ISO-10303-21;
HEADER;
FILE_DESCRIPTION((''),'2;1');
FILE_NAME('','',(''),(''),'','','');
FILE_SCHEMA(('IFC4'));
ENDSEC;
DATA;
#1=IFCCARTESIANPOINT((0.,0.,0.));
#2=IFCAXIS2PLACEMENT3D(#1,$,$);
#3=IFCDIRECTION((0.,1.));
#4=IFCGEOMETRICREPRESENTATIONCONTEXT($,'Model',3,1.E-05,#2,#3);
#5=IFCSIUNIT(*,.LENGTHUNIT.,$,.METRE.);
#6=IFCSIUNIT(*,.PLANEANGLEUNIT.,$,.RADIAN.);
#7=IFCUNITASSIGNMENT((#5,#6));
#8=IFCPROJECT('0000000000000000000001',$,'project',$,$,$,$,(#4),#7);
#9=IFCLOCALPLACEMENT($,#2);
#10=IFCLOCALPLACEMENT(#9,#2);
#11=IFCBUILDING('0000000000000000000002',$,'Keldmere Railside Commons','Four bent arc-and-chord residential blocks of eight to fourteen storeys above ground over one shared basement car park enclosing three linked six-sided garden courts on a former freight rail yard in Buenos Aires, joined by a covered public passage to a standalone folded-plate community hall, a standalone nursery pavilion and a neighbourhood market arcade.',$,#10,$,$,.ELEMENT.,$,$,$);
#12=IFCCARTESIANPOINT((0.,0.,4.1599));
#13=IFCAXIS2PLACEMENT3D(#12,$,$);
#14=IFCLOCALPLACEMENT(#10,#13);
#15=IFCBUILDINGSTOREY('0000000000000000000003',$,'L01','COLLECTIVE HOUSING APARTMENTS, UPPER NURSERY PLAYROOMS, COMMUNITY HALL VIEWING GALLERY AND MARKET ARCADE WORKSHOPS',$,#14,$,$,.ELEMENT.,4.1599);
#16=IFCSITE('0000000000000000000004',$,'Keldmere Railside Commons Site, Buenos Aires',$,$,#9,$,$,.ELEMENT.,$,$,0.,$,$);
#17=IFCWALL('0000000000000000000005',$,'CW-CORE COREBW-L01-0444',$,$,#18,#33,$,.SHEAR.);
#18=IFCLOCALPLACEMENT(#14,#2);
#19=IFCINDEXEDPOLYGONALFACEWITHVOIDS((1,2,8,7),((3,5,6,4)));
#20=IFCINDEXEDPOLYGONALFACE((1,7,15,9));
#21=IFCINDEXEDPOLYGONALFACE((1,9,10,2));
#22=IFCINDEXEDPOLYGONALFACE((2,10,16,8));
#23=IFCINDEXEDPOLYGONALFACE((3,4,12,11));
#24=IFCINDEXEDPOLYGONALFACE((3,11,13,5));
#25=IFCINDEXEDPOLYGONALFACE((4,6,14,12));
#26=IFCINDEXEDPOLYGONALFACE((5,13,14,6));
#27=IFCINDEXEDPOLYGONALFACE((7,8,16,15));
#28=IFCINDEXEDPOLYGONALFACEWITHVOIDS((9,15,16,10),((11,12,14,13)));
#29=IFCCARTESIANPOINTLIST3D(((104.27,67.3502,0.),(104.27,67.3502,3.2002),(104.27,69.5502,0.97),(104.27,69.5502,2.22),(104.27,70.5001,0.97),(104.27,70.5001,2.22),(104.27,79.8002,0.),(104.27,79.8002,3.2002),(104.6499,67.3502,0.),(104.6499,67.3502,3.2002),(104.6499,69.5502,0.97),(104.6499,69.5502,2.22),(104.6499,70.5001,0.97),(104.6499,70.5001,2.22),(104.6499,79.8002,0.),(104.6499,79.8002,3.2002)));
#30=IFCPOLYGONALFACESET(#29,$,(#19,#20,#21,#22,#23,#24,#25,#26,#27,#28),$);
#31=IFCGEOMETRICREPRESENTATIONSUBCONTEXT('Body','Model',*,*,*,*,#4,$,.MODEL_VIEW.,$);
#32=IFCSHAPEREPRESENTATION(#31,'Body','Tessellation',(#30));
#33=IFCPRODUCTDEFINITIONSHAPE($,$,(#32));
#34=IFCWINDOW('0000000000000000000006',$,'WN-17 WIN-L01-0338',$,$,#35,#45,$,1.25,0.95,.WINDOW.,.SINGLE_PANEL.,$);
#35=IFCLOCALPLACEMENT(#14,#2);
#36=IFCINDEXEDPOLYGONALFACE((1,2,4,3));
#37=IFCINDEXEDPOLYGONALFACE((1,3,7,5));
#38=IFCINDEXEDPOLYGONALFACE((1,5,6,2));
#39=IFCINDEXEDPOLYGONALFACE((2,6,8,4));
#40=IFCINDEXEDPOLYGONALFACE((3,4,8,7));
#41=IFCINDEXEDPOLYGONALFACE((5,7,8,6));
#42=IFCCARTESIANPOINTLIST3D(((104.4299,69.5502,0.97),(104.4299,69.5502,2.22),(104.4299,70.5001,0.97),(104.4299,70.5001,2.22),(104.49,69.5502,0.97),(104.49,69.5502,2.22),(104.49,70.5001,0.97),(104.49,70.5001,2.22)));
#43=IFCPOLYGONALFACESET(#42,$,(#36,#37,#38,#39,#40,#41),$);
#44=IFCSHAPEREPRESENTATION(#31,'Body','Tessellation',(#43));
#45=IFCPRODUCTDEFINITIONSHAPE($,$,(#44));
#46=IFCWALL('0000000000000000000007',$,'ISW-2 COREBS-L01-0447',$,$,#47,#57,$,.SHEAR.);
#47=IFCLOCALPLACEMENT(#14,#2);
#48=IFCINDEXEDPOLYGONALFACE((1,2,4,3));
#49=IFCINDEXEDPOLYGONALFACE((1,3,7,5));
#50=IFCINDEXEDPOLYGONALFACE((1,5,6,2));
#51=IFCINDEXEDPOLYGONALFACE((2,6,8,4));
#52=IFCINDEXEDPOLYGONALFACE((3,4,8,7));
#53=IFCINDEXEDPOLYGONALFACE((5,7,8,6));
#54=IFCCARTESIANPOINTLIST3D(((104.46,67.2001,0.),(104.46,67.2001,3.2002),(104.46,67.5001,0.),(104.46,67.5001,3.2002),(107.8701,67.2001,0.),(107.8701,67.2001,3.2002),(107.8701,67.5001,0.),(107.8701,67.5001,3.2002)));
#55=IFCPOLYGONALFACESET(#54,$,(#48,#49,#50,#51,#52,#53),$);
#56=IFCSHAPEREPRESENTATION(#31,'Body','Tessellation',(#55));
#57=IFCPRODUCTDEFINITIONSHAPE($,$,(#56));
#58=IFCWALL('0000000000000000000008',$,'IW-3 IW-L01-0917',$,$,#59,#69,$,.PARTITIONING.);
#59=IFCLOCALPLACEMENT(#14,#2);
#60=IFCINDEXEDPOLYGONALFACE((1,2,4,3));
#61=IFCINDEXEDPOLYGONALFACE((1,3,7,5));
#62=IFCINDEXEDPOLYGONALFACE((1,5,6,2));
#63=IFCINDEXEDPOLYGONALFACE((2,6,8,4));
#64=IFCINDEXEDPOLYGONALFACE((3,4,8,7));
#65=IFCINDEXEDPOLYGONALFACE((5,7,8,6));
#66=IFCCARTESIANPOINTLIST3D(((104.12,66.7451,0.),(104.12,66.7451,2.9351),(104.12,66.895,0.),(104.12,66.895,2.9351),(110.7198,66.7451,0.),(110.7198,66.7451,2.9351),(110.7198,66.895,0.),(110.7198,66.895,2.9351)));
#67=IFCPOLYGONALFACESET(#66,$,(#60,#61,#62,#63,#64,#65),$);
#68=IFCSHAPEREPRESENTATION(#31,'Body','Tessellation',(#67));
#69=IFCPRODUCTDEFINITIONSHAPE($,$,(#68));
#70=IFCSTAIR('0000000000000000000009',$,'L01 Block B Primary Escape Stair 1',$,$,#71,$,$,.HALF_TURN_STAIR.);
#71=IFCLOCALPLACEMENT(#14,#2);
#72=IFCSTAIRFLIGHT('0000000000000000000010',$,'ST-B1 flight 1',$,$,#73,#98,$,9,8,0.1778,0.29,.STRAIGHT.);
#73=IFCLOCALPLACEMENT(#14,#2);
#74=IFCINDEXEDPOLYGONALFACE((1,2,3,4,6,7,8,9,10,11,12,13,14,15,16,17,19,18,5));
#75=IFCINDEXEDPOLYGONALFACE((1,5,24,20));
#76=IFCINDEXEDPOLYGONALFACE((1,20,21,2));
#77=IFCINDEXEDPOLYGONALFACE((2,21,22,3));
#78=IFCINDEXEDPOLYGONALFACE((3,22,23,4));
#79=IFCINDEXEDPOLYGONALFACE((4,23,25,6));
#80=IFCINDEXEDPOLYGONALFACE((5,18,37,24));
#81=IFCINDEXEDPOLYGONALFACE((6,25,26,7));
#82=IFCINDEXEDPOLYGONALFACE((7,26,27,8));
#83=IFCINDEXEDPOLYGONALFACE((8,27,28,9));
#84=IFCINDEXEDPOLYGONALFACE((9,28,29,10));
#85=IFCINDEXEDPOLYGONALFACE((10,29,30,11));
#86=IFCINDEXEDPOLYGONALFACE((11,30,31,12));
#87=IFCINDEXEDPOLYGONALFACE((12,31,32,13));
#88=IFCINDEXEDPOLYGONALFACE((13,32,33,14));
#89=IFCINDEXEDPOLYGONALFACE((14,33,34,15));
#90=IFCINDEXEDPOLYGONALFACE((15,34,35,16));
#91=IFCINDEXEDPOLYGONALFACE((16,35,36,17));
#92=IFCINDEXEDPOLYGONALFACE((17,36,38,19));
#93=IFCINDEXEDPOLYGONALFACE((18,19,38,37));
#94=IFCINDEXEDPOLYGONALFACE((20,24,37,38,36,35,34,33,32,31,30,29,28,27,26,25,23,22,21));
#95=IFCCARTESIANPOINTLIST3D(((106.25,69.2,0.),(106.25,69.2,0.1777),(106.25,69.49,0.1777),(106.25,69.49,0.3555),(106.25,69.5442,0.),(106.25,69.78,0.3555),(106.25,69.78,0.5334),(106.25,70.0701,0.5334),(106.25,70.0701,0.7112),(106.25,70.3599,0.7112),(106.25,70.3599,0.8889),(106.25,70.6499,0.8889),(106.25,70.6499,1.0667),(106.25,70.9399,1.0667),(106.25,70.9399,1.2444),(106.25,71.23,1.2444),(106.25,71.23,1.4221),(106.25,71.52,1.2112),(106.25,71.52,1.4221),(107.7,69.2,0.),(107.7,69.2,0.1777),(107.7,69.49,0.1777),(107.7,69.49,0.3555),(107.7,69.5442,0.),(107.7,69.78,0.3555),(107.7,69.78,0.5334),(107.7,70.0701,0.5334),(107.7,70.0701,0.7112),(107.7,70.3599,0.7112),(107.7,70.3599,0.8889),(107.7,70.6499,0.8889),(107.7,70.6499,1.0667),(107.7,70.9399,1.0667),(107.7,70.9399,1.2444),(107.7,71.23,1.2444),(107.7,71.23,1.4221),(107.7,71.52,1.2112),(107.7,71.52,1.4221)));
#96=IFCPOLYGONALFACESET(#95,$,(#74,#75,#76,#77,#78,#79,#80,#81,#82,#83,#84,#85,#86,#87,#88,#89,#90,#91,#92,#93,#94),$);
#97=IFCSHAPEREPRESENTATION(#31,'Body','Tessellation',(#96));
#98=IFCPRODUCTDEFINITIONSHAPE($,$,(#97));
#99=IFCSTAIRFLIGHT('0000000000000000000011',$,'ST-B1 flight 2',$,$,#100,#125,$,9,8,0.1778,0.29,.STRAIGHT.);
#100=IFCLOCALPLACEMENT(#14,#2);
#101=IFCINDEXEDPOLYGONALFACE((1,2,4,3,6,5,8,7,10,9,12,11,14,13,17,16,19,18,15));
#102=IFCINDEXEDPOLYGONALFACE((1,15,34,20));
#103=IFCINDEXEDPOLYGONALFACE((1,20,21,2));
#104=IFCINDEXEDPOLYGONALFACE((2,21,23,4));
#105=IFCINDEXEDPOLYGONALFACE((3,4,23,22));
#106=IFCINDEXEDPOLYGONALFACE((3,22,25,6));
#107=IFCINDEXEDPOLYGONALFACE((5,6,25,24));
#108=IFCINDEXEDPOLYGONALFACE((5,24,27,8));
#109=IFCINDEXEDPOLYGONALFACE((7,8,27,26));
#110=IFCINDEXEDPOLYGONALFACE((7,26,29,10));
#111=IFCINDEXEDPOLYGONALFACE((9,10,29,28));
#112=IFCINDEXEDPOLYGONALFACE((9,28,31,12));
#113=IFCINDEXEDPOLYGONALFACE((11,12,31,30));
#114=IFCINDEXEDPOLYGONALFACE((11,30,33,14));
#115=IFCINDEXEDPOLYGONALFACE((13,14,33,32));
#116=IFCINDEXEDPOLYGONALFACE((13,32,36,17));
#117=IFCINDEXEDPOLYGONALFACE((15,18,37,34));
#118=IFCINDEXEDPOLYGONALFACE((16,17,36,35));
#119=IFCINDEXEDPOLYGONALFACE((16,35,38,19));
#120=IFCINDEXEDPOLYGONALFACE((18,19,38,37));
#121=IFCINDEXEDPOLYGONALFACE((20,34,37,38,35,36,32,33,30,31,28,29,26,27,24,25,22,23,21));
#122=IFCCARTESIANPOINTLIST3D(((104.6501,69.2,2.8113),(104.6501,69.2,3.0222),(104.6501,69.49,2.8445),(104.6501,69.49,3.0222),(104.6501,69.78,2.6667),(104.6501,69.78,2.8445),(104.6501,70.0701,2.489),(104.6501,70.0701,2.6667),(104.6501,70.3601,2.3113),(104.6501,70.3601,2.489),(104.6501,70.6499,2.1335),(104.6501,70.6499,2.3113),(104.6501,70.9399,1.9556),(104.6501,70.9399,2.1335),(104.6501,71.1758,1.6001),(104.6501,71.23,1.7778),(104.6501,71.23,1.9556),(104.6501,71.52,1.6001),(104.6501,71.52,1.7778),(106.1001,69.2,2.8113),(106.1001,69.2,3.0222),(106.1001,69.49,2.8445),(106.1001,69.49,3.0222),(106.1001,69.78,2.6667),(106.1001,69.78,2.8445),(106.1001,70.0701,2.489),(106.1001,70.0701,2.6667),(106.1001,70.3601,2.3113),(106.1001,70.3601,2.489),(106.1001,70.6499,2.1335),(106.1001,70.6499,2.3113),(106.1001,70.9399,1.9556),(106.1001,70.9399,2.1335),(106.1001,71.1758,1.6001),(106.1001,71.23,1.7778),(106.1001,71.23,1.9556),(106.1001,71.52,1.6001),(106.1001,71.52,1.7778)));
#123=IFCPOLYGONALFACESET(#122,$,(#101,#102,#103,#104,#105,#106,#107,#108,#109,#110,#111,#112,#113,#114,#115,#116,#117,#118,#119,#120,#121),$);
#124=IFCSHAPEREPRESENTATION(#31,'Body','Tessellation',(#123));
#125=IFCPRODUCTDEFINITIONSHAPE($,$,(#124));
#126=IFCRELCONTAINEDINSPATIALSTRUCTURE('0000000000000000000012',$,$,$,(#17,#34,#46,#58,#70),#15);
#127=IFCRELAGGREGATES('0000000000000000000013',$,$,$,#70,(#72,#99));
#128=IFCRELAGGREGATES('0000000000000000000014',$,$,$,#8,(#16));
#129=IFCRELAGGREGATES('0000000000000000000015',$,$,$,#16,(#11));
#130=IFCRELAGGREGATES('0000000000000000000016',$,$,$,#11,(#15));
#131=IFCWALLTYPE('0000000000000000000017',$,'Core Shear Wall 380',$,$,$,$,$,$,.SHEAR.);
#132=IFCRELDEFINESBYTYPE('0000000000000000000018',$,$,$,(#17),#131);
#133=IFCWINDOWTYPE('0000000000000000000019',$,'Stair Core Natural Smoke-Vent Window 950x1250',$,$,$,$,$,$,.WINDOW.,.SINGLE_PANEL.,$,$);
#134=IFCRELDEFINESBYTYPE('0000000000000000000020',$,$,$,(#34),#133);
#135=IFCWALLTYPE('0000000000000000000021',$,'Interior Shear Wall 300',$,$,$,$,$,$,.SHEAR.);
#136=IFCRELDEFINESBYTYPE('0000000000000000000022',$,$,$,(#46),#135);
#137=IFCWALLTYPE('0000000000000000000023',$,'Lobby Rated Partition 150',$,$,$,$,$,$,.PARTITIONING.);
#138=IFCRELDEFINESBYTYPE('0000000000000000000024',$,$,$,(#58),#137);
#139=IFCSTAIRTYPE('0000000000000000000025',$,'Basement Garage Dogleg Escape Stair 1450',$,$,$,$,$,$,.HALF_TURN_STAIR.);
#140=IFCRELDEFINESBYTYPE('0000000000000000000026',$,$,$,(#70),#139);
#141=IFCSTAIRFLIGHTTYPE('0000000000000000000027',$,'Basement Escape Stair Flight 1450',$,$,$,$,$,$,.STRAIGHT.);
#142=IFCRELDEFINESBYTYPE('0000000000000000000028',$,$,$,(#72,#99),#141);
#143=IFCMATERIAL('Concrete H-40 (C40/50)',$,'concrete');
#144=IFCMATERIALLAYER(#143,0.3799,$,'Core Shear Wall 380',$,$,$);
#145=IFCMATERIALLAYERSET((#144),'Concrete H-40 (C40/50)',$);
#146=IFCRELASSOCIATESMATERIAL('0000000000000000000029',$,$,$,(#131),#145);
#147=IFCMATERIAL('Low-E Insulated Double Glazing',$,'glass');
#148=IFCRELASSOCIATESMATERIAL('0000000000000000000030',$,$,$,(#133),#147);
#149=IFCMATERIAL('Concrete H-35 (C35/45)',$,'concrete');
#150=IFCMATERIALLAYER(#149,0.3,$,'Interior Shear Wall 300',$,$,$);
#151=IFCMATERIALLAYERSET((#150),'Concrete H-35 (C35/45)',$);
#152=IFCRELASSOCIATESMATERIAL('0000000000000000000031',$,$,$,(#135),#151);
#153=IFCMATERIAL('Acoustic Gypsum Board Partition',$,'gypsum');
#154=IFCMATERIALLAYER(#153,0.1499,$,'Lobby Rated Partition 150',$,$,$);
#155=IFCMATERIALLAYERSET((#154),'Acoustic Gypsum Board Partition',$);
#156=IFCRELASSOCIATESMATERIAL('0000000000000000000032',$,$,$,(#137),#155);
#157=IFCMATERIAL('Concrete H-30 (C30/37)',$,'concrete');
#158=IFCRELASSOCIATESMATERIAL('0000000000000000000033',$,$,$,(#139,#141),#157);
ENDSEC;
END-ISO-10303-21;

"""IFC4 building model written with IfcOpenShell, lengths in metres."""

from ifc_helpers import new_model, si_unit, direction, frame, frame_2d, origin, place, context, subcontext, project, spatial, polyline, rectangle, outline, extrude, material, layer, layer_set, type_object, element, fill, aggregate, save


model = new_model("IFC4")

# Units and contexts
model_context = context("Model", 3, precision=1e-05, world=origin(), true_north=direction((0.0, 1.0)))
body_context = subcontext(model_context, "Body", "Model", "MODEL_VIEW")
ifc_project = project(units=[si_unit("LENGTHUNIT", "METRE"), si_unit("PLANEANGLEUNIT", "RADIAN")], contexts=[model_context])

# Site, building, storey
site_placement = place(None, origin())
site = spatial("IfcSite", under=ifc_project, at=site_placement, Name="Keldmere Railside Commons Site, Buenos Aires", CompositionType="ELEMENT", RefElevation=0.0)
building_placement = place(site_placement, origin())
building = spatial("IfcBuilding", under=site, at=building_placement, Name="Keldmere Railside Commons", Description="Four bent arc-and-chord residential blocks of eight to fourteen storeys above ground over one shared basement car park enclosing three linked six-sided garden courts on a former freight rail yard in Buenos Aires, joined by a covered public passage to a standalone folded-plate community hall, a standalone nursery pavilion and a neighbourhood market arcade.", CompositionType="ELEMENT")
storey_placement = place(building_placement, frame((0.0, 0.0, 4.1599)))
storey = spatial("IfcBuildingStorey", under=building, at=storey_placement, Name="L01", Description="COLLECTIVE HOUSING APARTMENTS, UPPER NURSERY PLAYROOMS, COMMUNITY HALL VIEWING GALLERY AND MARKET ARCADE WORKSHOPS", CompositionType="ELEMENT", Elevation=4.1599)

# Wall, opening, window
ifc_material_1 = material(Name="Concrete H-40 (C40/50)", Category="concrete")
ifc_layer_1 = layer(ifc_material_1, 0.3799, Name="Core Shear Wall 380")
ifc_layer_set_1 = layer_set([ifc_layer_1], Name="Concrete H-40 (C40/50)")
wall_type_1 = type_object("IfcWallType", Name="Core Shear Wall 380", PredefinedType="SHEAR", material=ifc_layer_set_1)
wall_1_placement = place(storey_placement, frame((104.46, 67.3501, 0.0), z_axis=(0.0, 0.0, 1.0), x_axis=(0.0, 1.0, 0.0)))
wall_1 = element("IfcWall", 1, at=wall_1_placement, inside=storey, type_object=wall_type_1, Name="CW-CORE COREBW-L01-0444", PredefinedType="SHEAR", context=body_context, shape_type="SweptSolid", body=[
    extrude(rectangle(XDim=12.45, YDim=0.3799, at=frame_2d((6.2251, 0.0))), origin(), (0.0, 0.0, 1.0), 3.2002),
])
opening_placement = place(wall_1_placement, frame((2.2, 0.0, 0.97)))
opening = element("IfcOpeningElement", 2, at=opening_placement, cuts=wall_1, PredefinedType="OPENING", context=body_context, shape_type="SweptSolid", body=[
    extrude(rectangle(XDim=0.95, YDim=1.25, at=frame_2d((0.4751, 0.625))), frame((0.0, 0.2, 0.0), z_axis=(0.0, -1.0, 0.0), x_axis=(1.0, 0.0, 0.0)), (0.0, 0.0, 1.0), 0.3999),
])
ifc_material_2 = material(Name="Low-E Insulated Double Glazing", Category="glass")
window_type = type_object("IfcWindowType", Name="Stair Core Natural Smoke-Vent Window 950x1250", PartitioningType="SINGLE_PANEL", PredefinedType="WINDOW", material=ifc_material_2)
window_placement = place(opening_placement, origin())
window = element("IfcWindow", 3, at=window_placement, inside=storey, type_object=window_type, Name="WN-17 WIN-L01-0338", OverallHeight=1.25, OverallWidth=0.95, PartitioningType="SINGLE_PANEL", PredefinedType="WINDOW", context=body_context, shape_type="SweptSolid", body=[
    extrude(rectangle(XDim=0.95, YDim=1.25, at=frame_2d((0.4751, 0.625))), frame((0.0, 0.03, 0.0), z_axis=(0.0, -1.0, 0.0), x_axis=(1.0, 0.0, 0.0)), (0.0, 0.0, 1.0), 0.0601),
])
fill(opening, window)

# Walls
ifc_material_3 = material(Name="Concrete H-35 (C35/45)", Category="concrete")
ifc_layer_2 = layer(ifc_material_3, 0.3, Name="Interior Shear Wall 300")
ifc_layer_set_2 = layer_set([ifc_layer_2], Name="Concrete H-35 (C35/45)")
wall_type_2 = type_object("IfcWallType", Name="Interior Shear Wall 300", PredefinedType="SHEAR", material=ifc_layer_set_2)
wall_2_placement = place(storey_placement, frame((107.8701, 67.3501, 0.0), z_axis=(0.0, 0.0, 1.0), x_axis=(-1.0, 0.0, 0.0)))
element("IfcWall", 4, at=wall_2_placement, inside=storey, type_object=wall_type_2, Name="ISW-2 COREBS-L01-0447", PredefinedType="SHEAR", context=body_context, shape_type="SweptSolid", body=[
    extrude(rectangle(XDim=3.4102, YDim=0.3, at=frame_2d((1.7051, 0.0))), origin(), (0.0, 0.0, 1.0), 3.2002),
])
ifc_material_4 = material(Name="Acoustic Gypsum Board Partition", Category="gypsum")
ifc_layer_3 = layer(ifc_material_4, 0.1499, Name="Lobby Rated Partition 150")
ifc_layer_set_3 = layer_set([ifc_layer_3], Name="Acoustic Gypsum Board Partition")
wall_type_3 = type_object("IfcWallType", Name="Lobby Rated Partition 150", PredefinedType="PARTITIONING", material=ifc_layer_set_3)
wall_3_placement = place(storey_placement, frame((104.1201, 66.8201, 0.0), z_axis=(0.0, 0.0, 1.0), x_axis=(1.0, 0.0, 0.0)))
element("IfcWall", 5, at=wall_3_placement, inside=storey, type_object=wall_type_3, Name="IW-3 IW-L01-0917", PredefinedType="PARTITIONING", context=body_context, shape_type="SweptSolid", body=[
    extrude(rectangle(XDim=6.5999, YDim=0.1499, at=frame_2d((3.2998, 0.0))), origin(), (0.0, 0.0, 1.0), 2.9351),
])

# Stair, stair flights
ifc_material_5 = material(Name="Concrete H-30 (C30/37)", Category="concrete")
stair_type = type_object("IfcStairType", Name="Basement Garage Dogleg Escape Stair 1450", PredefinedType="HALF_TURN_STAIR", material=ifc_material_5)
stair_placement = place(storey_placement, origin())
stair = element("IfcStair", 6, at=stair_placement, inside=storey, type_object=stair_type, Name="L01 Block B Primary Escape Stair 1", PredefinedType="HALF_TURN_STAIR")
stair_flight_type = type_object("IfcStairFlightType", Name="Basement Escape Stair Flight 1450", PredefinedType="STRAIGHT", material=ifc_material_5)
stair_flight_1_placement = place(storey_placement, frame((106.9751, 69.2, 0.0), z_axis=(0.0, 0.0, 1.0), x_axis=(0.0, 1.0, 0.0)))
stair_flight_1 = element("IfcStairFlight", 7, at=stair_flight_1_placement, type_object=stair_flight_type, Name="ST-B1 flight 1", NumberOfRisers=9, NumberOfTreads=8, PredefinedType="STRAIGHT", RiserHeight=0.1778, TreadLength=0.29, context=body_context, shape_type="SweptSolid", body=[
    extrude(outline(polyline([(0.0, 0.0), (0.0, 0.1777), (0.29, 0.1777), (0.29, 0.3555), (0.5801, 0.3555), (0.5801, 0.5334), (0.8701, 0.5334), (0.8701, 0.7112), (1.1599, 0.7112), (1.1599, 0.8889), (1.45, 0.8889), (1.45, 1.0667), (1.74, 1.0667), (1.74, 1.2444), (2.03, 1.2444), (2.03, 1.4221), (2.3201, 1.4221), (2.3201, 1.6001), (2.3201, 1.2112), (0.3442, 0.0), (0.0, 0.0)])), frame((0.0, 0.7251, 0.0), z_axis=(0.0, -1.0, 0.0), x_axis=(1.0, 0.0, 0.0)), (0.0, 0.0, 1.0), 1.45),
])
stair_flight_2_placement = place(storey_placement, frame((105.375, 71.52, 1.6001), z_axis=(0.0, 0.0, 1.0), x_axis=(0.0, -1.0, 0.0)))
stair_flight_2 = element("IfcStairFlight", 8, at=stair_flight_2_placement, type_object=stair_flight_type, Name="ST-B1 flight 2", NumberOfRisers=9, NumberOfTreads=8, PredefinedType="STRAIGHT", RiserHeight=0.1778, TreadLength=0.29, context=body_context, shape_type="SweptSolid", body=[
    extrude(outline(polyline([(0.0, 0.0), (0.0, 0.1777), (0.29, 0.1777), (0.29, 0.3555), (0.5801, 0.3555), (0.5801, 0.5334), (0.8701, 0.5334), (0.8701, 0.7112), (1.1599, 0.7112), (1.1599, 0.8889), (1.45, 0.8889), (1.45, 1.0667), (1.74, 1.0667), (1.74, 1.2444), (2.03, 1.2444), (2.03, 1.4221), (2.3201, 1.4221), (2.3201, 1.6001), (2.3201, 1.2112), (0.3442, 0.0), (0.0, 0.0)])), frame((0.0, 0.7251, 0.0), z_axis=(0.0, -1.0, 0.0), x_axis=(1.0, 0.0, 0.0)), (0.0, 0.0, 1.0), 1.45),
])
aggregate(stair, [stair_flight_1, stair_flight_2])

save(model, "model.ifc")
